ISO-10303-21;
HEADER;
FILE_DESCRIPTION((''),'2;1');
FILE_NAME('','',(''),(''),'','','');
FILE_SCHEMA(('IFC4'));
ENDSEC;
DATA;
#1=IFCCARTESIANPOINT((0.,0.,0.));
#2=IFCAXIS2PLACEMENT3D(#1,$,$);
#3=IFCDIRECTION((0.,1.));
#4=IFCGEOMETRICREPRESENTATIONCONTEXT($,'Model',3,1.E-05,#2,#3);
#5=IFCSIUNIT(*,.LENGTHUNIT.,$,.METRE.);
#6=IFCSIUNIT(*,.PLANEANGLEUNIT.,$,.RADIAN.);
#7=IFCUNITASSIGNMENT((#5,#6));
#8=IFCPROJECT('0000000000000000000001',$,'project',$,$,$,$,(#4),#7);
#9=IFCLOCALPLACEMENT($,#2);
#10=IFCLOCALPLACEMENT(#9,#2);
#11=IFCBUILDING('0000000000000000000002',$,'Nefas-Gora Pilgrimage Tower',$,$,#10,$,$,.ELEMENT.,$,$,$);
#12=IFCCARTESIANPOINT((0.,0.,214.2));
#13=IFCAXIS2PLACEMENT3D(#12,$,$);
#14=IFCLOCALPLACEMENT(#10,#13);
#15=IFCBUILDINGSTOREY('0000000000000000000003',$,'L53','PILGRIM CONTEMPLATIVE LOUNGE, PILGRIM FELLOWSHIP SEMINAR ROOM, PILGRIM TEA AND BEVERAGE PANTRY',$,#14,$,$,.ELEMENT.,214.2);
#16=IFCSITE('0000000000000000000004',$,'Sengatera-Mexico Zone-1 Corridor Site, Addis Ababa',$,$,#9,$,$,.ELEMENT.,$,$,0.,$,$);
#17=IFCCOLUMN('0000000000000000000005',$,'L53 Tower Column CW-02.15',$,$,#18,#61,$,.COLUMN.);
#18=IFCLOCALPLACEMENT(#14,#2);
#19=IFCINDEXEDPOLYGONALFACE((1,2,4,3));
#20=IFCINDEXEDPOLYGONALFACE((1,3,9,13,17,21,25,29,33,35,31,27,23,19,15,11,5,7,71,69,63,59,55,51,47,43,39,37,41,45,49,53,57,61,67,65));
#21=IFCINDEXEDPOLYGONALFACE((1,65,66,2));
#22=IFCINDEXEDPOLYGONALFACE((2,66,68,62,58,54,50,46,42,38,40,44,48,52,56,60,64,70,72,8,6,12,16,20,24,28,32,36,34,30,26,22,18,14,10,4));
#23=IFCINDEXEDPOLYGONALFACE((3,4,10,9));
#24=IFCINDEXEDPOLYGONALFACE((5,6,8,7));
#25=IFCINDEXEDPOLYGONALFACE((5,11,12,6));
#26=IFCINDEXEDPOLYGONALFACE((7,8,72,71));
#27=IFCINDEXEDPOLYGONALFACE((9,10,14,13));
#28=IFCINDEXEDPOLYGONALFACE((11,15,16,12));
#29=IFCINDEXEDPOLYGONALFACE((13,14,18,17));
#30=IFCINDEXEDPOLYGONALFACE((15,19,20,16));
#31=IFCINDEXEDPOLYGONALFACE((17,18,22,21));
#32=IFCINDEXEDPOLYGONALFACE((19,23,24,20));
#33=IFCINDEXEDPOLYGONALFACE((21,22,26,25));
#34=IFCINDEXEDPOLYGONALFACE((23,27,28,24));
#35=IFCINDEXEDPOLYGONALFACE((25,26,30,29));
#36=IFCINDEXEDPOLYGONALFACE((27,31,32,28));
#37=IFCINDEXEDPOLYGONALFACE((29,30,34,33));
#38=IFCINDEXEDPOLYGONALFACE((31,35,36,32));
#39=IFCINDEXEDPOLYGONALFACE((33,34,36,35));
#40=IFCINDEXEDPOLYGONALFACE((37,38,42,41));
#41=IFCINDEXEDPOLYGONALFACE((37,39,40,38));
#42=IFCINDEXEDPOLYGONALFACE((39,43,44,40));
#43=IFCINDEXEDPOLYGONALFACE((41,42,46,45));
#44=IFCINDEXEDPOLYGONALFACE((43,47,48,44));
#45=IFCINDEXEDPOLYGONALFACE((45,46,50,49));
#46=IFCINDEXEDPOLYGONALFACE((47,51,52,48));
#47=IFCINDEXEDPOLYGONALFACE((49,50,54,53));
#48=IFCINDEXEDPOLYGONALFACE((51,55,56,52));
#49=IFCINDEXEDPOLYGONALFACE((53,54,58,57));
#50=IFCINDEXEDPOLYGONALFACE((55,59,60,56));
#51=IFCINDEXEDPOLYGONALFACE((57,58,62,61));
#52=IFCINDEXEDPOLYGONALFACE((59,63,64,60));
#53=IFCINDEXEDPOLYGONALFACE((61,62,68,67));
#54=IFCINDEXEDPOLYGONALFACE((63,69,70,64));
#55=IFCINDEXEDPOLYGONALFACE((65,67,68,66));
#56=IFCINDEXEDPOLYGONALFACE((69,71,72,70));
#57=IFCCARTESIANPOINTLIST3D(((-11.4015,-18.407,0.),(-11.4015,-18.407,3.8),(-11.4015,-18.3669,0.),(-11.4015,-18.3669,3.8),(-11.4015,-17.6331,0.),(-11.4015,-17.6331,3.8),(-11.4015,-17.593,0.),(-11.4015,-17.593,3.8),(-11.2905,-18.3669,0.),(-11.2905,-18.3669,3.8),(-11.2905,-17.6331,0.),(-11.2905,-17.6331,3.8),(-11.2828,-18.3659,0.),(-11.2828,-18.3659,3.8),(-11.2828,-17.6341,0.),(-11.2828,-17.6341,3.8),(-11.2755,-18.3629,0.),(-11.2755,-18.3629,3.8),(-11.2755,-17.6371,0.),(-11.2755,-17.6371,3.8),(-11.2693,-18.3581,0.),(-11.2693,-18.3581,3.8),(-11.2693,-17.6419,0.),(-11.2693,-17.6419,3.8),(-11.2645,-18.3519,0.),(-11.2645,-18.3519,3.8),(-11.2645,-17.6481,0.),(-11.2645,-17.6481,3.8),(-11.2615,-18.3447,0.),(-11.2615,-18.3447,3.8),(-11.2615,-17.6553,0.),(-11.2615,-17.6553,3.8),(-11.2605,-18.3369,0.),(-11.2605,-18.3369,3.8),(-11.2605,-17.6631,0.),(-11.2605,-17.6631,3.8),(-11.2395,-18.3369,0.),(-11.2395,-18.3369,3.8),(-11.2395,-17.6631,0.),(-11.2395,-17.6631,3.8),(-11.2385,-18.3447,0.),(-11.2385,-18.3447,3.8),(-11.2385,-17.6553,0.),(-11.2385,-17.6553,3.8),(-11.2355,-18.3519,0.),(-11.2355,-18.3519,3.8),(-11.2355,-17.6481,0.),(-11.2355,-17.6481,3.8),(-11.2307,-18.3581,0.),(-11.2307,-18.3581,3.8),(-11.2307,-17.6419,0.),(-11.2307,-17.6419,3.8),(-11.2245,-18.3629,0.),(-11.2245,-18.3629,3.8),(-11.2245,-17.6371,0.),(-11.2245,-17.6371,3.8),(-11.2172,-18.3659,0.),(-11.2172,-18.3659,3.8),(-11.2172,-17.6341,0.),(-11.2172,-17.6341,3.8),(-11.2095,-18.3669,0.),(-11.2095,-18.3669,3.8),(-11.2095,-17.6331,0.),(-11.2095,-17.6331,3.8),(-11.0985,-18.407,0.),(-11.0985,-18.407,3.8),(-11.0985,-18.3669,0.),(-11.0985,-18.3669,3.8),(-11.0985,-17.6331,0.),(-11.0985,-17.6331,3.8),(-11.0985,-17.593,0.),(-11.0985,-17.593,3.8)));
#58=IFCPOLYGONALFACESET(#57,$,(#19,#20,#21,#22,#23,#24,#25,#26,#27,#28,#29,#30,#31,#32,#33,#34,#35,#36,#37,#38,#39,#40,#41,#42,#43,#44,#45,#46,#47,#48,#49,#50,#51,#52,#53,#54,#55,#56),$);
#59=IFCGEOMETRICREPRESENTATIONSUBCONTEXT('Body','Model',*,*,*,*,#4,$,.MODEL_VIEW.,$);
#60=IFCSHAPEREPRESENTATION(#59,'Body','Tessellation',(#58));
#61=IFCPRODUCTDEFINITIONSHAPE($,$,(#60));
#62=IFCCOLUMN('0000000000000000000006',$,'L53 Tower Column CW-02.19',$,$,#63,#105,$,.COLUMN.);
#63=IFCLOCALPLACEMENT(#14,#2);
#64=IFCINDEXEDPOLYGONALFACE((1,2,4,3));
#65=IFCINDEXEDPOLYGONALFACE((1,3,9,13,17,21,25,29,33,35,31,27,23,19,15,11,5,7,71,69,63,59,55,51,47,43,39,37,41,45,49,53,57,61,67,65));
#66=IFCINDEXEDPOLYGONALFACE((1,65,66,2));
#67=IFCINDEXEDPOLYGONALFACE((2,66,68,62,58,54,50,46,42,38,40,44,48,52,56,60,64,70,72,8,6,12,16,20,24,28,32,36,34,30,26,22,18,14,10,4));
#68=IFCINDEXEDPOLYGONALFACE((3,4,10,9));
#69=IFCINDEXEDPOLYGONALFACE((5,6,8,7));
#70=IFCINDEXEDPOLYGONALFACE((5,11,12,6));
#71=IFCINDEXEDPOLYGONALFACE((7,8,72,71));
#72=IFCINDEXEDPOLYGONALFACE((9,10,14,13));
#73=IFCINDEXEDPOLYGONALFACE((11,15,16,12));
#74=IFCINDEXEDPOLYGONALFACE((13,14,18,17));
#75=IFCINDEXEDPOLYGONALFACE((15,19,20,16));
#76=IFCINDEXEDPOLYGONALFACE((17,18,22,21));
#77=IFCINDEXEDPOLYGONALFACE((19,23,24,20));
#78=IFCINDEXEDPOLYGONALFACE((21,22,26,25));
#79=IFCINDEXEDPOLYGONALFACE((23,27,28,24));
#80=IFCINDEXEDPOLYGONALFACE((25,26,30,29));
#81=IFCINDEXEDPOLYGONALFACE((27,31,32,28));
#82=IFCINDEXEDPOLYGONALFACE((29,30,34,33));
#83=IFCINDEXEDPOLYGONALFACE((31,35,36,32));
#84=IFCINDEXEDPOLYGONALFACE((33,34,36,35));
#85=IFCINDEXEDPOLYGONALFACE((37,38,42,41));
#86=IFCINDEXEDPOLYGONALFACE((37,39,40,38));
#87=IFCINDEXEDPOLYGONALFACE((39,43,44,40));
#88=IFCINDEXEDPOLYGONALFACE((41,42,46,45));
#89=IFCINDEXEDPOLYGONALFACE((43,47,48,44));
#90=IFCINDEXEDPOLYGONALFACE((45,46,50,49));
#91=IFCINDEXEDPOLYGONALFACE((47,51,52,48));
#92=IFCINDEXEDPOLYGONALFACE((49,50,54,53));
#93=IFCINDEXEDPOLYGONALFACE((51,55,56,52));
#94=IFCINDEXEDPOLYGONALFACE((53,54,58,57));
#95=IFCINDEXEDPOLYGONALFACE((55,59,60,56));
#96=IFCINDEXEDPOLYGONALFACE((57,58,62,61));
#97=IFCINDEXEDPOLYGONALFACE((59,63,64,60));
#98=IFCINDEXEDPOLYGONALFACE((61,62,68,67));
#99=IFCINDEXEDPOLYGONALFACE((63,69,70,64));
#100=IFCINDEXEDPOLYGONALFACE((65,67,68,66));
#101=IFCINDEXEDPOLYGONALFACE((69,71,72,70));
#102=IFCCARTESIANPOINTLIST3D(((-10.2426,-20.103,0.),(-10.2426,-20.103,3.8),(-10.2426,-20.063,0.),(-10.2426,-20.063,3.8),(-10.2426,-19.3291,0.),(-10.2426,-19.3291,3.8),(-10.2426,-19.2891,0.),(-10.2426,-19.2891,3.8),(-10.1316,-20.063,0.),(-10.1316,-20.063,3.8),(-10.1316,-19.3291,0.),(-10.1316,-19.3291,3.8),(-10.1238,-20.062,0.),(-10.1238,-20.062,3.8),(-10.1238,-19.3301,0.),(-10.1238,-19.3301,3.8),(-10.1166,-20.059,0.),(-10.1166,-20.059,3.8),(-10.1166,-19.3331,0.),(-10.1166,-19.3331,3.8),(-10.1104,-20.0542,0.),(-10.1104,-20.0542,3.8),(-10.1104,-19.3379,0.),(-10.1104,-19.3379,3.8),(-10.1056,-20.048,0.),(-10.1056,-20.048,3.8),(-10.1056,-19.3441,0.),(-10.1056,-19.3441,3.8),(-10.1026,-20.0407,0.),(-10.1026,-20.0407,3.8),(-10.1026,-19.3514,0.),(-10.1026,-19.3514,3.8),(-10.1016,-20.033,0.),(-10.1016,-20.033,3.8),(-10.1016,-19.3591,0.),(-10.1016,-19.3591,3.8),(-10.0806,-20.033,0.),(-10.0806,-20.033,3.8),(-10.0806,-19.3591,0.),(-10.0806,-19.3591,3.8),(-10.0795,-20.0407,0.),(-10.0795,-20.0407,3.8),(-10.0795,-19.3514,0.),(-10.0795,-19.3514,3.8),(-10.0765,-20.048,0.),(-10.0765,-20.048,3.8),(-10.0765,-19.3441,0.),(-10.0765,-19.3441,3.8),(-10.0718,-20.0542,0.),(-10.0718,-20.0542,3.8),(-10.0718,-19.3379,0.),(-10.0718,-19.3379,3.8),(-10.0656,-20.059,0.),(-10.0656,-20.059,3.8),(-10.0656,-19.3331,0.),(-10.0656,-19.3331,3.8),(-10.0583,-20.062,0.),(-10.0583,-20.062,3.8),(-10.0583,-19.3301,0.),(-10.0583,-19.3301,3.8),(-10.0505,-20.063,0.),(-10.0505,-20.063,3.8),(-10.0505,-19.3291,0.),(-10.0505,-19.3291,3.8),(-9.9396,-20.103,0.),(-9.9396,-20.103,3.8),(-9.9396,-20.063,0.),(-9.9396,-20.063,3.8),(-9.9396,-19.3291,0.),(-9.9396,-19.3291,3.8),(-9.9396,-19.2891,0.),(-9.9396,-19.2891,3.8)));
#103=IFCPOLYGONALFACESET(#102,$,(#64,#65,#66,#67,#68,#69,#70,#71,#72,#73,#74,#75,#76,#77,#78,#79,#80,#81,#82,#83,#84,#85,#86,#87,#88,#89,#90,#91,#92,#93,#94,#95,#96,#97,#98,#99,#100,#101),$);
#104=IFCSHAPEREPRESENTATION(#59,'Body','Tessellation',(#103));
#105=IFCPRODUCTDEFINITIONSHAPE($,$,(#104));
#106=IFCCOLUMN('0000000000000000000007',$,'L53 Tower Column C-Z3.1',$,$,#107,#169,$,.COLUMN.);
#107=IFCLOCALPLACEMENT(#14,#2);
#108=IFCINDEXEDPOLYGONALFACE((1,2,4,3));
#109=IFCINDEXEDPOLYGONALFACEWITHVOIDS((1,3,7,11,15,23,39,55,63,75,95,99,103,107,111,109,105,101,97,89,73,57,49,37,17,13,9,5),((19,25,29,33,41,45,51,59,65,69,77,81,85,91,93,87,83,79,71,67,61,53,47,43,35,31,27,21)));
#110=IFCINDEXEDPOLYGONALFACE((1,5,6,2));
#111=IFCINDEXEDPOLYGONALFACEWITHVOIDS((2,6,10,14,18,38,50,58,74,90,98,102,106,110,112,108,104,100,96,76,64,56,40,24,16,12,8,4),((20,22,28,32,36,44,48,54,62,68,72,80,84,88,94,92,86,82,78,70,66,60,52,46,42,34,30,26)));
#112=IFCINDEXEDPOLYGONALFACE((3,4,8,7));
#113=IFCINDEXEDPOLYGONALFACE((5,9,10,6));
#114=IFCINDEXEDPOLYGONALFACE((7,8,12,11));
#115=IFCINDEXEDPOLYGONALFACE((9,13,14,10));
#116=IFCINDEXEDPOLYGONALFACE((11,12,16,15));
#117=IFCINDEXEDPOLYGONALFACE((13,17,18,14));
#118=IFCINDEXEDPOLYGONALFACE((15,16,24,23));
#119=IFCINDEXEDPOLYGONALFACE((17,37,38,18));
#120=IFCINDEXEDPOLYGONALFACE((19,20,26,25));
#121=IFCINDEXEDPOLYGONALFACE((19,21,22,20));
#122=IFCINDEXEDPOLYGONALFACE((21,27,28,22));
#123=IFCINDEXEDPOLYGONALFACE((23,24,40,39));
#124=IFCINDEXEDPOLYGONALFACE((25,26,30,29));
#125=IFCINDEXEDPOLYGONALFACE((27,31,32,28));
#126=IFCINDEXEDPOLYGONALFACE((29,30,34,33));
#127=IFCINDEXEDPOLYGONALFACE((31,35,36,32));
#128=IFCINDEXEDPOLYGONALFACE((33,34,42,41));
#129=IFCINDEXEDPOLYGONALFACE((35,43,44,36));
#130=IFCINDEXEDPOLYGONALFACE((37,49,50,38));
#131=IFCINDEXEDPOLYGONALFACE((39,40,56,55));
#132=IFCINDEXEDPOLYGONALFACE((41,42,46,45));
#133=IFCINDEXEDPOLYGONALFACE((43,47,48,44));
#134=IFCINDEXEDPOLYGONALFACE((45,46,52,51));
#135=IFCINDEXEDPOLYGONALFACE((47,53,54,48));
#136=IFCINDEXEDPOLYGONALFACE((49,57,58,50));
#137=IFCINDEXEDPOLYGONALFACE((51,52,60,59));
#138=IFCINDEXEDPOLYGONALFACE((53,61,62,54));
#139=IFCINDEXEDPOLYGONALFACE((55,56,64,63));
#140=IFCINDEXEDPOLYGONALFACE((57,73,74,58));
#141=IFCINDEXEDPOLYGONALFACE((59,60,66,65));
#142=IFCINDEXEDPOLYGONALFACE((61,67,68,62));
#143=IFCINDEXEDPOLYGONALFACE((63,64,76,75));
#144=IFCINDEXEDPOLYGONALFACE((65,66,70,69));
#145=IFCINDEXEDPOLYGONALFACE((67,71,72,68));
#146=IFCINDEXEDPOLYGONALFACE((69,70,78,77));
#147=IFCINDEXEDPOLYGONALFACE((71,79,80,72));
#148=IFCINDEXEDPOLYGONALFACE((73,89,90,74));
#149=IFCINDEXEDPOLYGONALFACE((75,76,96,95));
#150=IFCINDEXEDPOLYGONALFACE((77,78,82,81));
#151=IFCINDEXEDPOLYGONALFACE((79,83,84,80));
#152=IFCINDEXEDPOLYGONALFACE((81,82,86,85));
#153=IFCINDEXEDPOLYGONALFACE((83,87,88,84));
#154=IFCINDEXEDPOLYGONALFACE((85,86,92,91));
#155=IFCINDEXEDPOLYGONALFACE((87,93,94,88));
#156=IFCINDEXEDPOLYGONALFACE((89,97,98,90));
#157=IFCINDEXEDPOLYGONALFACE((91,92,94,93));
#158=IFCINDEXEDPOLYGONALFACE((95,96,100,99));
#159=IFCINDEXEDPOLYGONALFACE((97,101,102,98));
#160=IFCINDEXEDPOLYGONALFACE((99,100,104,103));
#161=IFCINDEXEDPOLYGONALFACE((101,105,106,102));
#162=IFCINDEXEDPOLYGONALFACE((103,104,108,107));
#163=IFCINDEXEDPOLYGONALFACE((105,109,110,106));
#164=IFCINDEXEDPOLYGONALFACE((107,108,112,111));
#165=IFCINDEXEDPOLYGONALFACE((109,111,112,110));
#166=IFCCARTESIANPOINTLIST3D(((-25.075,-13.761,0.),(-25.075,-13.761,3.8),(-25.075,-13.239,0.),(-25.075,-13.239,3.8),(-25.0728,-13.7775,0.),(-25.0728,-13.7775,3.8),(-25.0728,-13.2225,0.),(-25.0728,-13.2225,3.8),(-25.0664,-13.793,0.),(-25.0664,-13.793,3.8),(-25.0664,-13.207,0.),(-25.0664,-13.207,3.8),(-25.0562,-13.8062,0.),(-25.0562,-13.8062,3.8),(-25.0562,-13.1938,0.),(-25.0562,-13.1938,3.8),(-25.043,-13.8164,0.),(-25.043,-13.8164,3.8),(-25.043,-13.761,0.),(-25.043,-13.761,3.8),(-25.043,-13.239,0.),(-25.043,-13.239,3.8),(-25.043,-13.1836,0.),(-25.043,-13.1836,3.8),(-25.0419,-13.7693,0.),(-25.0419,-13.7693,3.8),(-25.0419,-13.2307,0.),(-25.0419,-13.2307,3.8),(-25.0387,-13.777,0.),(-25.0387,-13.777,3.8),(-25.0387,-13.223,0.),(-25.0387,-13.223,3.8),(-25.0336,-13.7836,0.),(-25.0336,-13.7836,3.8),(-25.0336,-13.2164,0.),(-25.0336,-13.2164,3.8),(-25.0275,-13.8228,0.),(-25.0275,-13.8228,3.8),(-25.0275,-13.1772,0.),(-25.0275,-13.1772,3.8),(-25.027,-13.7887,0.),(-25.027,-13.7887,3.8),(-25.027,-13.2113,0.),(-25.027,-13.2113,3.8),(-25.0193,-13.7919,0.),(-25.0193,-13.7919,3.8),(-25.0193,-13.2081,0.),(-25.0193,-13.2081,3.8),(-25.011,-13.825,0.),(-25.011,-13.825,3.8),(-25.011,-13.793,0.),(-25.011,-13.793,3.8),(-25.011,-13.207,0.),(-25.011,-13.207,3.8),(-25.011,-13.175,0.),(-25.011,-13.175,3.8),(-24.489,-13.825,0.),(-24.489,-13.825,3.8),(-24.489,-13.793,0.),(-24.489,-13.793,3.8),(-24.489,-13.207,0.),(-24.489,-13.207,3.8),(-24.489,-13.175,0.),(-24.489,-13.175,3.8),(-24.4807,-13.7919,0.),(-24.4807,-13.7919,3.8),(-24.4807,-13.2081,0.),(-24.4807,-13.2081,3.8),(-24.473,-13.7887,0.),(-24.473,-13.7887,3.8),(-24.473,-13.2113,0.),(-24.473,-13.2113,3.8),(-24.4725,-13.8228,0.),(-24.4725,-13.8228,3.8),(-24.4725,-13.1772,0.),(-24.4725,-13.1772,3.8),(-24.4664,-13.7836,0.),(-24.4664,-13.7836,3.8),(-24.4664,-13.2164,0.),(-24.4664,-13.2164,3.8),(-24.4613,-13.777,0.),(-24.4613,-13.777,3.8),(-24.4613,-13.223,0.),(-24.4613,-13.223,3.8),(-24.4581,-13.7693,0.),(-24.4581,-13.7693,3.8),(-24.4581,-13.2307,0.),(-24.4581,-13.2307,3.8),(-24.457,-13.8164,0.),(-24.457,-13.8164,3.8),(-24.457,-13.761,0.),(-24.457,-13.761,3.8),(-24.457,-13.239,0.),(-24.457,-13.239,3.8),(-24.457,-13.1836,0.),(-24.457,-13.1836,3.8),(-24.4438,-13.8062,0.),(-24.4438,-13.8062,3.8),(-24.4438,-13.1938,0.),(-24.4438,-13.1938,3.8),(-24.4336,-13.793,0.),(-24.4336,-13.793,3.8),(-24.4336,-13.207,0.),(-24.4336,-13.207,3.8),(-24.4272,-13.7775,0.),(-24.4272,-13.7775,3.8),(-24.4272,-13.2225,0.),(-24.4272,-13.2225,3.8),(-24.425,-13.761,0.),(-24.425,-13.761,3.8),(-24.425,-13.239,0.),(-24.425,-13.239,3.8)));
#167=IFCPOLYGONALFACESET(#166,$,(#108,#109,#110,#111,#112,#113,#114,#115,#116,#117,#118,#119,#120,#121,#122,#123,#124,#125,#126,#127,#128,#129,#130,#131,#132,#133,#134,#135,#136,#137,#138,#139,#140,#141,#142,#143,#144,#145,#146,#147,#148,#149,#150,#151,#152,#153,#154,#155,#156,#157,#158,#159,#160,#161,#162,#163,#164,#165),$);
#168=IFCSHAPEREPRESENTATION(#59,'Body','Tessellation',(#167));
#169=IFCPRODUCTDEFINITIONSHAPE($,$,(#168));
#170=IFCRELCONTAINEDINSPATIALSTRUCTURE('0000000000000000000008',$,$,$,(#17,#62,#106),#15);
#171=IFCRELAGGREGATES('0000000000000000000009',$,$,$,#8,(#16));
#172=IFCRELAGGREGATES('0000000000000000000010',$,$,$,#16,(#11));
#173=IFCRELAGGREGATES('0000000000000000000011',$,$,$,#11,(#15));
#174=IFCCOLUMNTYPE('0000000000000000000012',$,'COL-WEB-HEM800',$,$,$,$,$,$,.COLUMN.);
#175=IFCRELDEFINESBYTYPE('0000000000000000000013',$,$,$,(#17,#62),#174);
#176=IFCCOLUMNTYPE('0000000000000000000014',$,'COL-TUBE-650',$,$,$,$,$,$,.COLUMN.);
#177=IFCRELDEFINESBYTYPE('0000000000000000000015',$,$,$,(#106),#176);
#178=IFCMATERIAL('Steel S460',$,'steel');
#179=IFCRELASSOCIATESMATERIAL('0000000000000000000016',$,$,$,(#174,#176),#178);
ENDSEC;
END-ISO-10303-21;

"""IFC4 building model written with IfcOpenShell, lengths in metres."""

from ifc_helpers import new_model, si_unit, direction, frame, origin, origin_2d, place, context, subcontext, project, spatial, hollow_rectangle, i_section, extrude, source, transform, mapped, material, material_profile, profile_set, type_object, element, save


model = new_model("IFC4")

# Units and contexts
model_context = context("Model", 3, precision=1e-05, world=origin(), true_north=direction((0.0, 1.0)))
body_context = subcontext(model_context, "Body", "Model", "MODEL_VIEW")
ifc_project = project(units=[si_unit("LENGTHUNIT", "METRE"), si_unit("PLANEANGLEUNIT", "RADIAN")], contexts=[model_context])

# Site, building, storey
site_placement = place(None, origin())
site = spatial("IfcSite", under=ifc_project, at=site_placement, Name="Sengatera-Mexico Zone-1 Corridor Site, Addis Ababa", CompositionType="ELEMENT", RefElevation=0.0)
building_placement = place(site_placement, origin())
building = spatial("IfcBuilding", under=site, at=building_placement, Name="Nefas-Gora Pilgrimage Tower", CompositionType="ELEMENT")
storey_placement = place(building_placement, frame((0.0, 0.0, 214.2)))
storey = spatial("IfcBuildingStorey", under=building, at=storey_placement, Name="L53", Description="PILGRIM CONTEMPLATIVE LOUNGE, PILGRIM FELLOWSHIP SEMINAR ROOM, PILGRIM TEA AND BEVERAGE PANTRY", CompositionType="ELEMENT", Elevation=214.2)

# Columns
ifc_material_1 = material(Name="Steel S460", Category="steel")
ifc_material_profile_1 = material_profile(ifc_material_1, i_section(OverallWidth=0.303, OverallDepth=0.814, WebThickness=0.021, FlangeThickness=0.04, FilletRadius=0.03, at=origin_2d()), Name="HEM 800")
ifc_profile_set_1 = profile_set([ifc_material_profile_1], Name="Steel S460")
column_type_1 = type_object("IfcColumnType", Name="COL-WEB-HEM800", PredefinedType="COLUMN", material=ifc_profile_set_1)
shared_shape_1 = source(origin(), body_context, "Body", "SweptSolid", [
    extrude(i_section(OverallWidth=0.303, OverallDepth=0.814, WebThickness=0.021, FlangeThickness=0.04, FilletRadius=0.03, at=origin_2d()), origin(), (0.0, 0.0, 1.0), 3.8),
])
for number, where, z_axis, x_axis, name in (
    (1, (-11.25, -18.0, 0.0), (0.0, 0.0, 1.0), (1.0, 0.0, 0.0), "L53 Tower Column CW-02.15"),
    (2, (-10.0911, -19.696, 0.0), (0.0, 0.0, 1.0), (1.0, 0.0, 0.0), "L53 Tower Column CW-02.19"),
):
    element("IfcColumn", number, at=place(storey_placement, frame(where, z_axis=z_axis, x_axis=x_axis)), inside=storey, type_object=column_type_1, Name=name, PredefinedType="COLUMN", context=body_context, shape_type="MappedRepresentation", body=[
        mapped(shared_shape_1, transform((0.0, 0.0, 0.0), x_axis=(1.0, 0.0, 0.0), y_axis=(0.0, 1.0, 0.0), z_axis=(0.0, 0.0, 1.0), scale=1.0)),
    ])
ifc_material_profile_2 = material_profile(ifc_material_1, hollow_rectangle(XDim=0.6499, YDim=0.6499, WallThickness=0.032, InnerFilletRadius=0.032, OuterFilletRadius=0.064, at=origin_2d()), Name="BOX 650x650x32")
ifc_profile_set_2 = profile_set([ifc_material_profile_2], Name="Steel S460")
column_type_2 = type_object("IfcColumnType", Name="COL-TUBE-650", PredefinedType="COLUMN", material=ifc_profile_set_2)
shared_shape_2 = source(origin(), body_context, "Body", "SweptSolid", [
    extrude(hollow_rectangle(XDim=0.6499, YDim=0.6499, WallThickness=0.032, InnerFilletRadius=0.032, OuterFilletRadius=0.064, at=origin_2d()), origin(), (0.0, 0.0, 1.0), 3.8),
])
column_placement = place(storey_placement, frame((-24.75, -13.5, 0.0), z_axis=(0.0, 0.0, 1.0), x_axis=(1.0, 0.0, 0.0)))
element("IfcColumn", 3, at=column_placement, inside=storey, type_object=column_type_2, Name="L53 Tower Column C-Z3.1", PredefinedType="COLUMN", context=body_context, shape_type="MappedRepresentation", body=[
    mapped(shared_shape_2, transform((0.0, 0.0, 0.0), x_axis=(1.0, 0.0, 0.0), y_axis=(0.0, 1.0, 0.0), z_axis=(0.0, 0.0, 1.0), scale=1.0)),
])

save(model, "model.ifc")
